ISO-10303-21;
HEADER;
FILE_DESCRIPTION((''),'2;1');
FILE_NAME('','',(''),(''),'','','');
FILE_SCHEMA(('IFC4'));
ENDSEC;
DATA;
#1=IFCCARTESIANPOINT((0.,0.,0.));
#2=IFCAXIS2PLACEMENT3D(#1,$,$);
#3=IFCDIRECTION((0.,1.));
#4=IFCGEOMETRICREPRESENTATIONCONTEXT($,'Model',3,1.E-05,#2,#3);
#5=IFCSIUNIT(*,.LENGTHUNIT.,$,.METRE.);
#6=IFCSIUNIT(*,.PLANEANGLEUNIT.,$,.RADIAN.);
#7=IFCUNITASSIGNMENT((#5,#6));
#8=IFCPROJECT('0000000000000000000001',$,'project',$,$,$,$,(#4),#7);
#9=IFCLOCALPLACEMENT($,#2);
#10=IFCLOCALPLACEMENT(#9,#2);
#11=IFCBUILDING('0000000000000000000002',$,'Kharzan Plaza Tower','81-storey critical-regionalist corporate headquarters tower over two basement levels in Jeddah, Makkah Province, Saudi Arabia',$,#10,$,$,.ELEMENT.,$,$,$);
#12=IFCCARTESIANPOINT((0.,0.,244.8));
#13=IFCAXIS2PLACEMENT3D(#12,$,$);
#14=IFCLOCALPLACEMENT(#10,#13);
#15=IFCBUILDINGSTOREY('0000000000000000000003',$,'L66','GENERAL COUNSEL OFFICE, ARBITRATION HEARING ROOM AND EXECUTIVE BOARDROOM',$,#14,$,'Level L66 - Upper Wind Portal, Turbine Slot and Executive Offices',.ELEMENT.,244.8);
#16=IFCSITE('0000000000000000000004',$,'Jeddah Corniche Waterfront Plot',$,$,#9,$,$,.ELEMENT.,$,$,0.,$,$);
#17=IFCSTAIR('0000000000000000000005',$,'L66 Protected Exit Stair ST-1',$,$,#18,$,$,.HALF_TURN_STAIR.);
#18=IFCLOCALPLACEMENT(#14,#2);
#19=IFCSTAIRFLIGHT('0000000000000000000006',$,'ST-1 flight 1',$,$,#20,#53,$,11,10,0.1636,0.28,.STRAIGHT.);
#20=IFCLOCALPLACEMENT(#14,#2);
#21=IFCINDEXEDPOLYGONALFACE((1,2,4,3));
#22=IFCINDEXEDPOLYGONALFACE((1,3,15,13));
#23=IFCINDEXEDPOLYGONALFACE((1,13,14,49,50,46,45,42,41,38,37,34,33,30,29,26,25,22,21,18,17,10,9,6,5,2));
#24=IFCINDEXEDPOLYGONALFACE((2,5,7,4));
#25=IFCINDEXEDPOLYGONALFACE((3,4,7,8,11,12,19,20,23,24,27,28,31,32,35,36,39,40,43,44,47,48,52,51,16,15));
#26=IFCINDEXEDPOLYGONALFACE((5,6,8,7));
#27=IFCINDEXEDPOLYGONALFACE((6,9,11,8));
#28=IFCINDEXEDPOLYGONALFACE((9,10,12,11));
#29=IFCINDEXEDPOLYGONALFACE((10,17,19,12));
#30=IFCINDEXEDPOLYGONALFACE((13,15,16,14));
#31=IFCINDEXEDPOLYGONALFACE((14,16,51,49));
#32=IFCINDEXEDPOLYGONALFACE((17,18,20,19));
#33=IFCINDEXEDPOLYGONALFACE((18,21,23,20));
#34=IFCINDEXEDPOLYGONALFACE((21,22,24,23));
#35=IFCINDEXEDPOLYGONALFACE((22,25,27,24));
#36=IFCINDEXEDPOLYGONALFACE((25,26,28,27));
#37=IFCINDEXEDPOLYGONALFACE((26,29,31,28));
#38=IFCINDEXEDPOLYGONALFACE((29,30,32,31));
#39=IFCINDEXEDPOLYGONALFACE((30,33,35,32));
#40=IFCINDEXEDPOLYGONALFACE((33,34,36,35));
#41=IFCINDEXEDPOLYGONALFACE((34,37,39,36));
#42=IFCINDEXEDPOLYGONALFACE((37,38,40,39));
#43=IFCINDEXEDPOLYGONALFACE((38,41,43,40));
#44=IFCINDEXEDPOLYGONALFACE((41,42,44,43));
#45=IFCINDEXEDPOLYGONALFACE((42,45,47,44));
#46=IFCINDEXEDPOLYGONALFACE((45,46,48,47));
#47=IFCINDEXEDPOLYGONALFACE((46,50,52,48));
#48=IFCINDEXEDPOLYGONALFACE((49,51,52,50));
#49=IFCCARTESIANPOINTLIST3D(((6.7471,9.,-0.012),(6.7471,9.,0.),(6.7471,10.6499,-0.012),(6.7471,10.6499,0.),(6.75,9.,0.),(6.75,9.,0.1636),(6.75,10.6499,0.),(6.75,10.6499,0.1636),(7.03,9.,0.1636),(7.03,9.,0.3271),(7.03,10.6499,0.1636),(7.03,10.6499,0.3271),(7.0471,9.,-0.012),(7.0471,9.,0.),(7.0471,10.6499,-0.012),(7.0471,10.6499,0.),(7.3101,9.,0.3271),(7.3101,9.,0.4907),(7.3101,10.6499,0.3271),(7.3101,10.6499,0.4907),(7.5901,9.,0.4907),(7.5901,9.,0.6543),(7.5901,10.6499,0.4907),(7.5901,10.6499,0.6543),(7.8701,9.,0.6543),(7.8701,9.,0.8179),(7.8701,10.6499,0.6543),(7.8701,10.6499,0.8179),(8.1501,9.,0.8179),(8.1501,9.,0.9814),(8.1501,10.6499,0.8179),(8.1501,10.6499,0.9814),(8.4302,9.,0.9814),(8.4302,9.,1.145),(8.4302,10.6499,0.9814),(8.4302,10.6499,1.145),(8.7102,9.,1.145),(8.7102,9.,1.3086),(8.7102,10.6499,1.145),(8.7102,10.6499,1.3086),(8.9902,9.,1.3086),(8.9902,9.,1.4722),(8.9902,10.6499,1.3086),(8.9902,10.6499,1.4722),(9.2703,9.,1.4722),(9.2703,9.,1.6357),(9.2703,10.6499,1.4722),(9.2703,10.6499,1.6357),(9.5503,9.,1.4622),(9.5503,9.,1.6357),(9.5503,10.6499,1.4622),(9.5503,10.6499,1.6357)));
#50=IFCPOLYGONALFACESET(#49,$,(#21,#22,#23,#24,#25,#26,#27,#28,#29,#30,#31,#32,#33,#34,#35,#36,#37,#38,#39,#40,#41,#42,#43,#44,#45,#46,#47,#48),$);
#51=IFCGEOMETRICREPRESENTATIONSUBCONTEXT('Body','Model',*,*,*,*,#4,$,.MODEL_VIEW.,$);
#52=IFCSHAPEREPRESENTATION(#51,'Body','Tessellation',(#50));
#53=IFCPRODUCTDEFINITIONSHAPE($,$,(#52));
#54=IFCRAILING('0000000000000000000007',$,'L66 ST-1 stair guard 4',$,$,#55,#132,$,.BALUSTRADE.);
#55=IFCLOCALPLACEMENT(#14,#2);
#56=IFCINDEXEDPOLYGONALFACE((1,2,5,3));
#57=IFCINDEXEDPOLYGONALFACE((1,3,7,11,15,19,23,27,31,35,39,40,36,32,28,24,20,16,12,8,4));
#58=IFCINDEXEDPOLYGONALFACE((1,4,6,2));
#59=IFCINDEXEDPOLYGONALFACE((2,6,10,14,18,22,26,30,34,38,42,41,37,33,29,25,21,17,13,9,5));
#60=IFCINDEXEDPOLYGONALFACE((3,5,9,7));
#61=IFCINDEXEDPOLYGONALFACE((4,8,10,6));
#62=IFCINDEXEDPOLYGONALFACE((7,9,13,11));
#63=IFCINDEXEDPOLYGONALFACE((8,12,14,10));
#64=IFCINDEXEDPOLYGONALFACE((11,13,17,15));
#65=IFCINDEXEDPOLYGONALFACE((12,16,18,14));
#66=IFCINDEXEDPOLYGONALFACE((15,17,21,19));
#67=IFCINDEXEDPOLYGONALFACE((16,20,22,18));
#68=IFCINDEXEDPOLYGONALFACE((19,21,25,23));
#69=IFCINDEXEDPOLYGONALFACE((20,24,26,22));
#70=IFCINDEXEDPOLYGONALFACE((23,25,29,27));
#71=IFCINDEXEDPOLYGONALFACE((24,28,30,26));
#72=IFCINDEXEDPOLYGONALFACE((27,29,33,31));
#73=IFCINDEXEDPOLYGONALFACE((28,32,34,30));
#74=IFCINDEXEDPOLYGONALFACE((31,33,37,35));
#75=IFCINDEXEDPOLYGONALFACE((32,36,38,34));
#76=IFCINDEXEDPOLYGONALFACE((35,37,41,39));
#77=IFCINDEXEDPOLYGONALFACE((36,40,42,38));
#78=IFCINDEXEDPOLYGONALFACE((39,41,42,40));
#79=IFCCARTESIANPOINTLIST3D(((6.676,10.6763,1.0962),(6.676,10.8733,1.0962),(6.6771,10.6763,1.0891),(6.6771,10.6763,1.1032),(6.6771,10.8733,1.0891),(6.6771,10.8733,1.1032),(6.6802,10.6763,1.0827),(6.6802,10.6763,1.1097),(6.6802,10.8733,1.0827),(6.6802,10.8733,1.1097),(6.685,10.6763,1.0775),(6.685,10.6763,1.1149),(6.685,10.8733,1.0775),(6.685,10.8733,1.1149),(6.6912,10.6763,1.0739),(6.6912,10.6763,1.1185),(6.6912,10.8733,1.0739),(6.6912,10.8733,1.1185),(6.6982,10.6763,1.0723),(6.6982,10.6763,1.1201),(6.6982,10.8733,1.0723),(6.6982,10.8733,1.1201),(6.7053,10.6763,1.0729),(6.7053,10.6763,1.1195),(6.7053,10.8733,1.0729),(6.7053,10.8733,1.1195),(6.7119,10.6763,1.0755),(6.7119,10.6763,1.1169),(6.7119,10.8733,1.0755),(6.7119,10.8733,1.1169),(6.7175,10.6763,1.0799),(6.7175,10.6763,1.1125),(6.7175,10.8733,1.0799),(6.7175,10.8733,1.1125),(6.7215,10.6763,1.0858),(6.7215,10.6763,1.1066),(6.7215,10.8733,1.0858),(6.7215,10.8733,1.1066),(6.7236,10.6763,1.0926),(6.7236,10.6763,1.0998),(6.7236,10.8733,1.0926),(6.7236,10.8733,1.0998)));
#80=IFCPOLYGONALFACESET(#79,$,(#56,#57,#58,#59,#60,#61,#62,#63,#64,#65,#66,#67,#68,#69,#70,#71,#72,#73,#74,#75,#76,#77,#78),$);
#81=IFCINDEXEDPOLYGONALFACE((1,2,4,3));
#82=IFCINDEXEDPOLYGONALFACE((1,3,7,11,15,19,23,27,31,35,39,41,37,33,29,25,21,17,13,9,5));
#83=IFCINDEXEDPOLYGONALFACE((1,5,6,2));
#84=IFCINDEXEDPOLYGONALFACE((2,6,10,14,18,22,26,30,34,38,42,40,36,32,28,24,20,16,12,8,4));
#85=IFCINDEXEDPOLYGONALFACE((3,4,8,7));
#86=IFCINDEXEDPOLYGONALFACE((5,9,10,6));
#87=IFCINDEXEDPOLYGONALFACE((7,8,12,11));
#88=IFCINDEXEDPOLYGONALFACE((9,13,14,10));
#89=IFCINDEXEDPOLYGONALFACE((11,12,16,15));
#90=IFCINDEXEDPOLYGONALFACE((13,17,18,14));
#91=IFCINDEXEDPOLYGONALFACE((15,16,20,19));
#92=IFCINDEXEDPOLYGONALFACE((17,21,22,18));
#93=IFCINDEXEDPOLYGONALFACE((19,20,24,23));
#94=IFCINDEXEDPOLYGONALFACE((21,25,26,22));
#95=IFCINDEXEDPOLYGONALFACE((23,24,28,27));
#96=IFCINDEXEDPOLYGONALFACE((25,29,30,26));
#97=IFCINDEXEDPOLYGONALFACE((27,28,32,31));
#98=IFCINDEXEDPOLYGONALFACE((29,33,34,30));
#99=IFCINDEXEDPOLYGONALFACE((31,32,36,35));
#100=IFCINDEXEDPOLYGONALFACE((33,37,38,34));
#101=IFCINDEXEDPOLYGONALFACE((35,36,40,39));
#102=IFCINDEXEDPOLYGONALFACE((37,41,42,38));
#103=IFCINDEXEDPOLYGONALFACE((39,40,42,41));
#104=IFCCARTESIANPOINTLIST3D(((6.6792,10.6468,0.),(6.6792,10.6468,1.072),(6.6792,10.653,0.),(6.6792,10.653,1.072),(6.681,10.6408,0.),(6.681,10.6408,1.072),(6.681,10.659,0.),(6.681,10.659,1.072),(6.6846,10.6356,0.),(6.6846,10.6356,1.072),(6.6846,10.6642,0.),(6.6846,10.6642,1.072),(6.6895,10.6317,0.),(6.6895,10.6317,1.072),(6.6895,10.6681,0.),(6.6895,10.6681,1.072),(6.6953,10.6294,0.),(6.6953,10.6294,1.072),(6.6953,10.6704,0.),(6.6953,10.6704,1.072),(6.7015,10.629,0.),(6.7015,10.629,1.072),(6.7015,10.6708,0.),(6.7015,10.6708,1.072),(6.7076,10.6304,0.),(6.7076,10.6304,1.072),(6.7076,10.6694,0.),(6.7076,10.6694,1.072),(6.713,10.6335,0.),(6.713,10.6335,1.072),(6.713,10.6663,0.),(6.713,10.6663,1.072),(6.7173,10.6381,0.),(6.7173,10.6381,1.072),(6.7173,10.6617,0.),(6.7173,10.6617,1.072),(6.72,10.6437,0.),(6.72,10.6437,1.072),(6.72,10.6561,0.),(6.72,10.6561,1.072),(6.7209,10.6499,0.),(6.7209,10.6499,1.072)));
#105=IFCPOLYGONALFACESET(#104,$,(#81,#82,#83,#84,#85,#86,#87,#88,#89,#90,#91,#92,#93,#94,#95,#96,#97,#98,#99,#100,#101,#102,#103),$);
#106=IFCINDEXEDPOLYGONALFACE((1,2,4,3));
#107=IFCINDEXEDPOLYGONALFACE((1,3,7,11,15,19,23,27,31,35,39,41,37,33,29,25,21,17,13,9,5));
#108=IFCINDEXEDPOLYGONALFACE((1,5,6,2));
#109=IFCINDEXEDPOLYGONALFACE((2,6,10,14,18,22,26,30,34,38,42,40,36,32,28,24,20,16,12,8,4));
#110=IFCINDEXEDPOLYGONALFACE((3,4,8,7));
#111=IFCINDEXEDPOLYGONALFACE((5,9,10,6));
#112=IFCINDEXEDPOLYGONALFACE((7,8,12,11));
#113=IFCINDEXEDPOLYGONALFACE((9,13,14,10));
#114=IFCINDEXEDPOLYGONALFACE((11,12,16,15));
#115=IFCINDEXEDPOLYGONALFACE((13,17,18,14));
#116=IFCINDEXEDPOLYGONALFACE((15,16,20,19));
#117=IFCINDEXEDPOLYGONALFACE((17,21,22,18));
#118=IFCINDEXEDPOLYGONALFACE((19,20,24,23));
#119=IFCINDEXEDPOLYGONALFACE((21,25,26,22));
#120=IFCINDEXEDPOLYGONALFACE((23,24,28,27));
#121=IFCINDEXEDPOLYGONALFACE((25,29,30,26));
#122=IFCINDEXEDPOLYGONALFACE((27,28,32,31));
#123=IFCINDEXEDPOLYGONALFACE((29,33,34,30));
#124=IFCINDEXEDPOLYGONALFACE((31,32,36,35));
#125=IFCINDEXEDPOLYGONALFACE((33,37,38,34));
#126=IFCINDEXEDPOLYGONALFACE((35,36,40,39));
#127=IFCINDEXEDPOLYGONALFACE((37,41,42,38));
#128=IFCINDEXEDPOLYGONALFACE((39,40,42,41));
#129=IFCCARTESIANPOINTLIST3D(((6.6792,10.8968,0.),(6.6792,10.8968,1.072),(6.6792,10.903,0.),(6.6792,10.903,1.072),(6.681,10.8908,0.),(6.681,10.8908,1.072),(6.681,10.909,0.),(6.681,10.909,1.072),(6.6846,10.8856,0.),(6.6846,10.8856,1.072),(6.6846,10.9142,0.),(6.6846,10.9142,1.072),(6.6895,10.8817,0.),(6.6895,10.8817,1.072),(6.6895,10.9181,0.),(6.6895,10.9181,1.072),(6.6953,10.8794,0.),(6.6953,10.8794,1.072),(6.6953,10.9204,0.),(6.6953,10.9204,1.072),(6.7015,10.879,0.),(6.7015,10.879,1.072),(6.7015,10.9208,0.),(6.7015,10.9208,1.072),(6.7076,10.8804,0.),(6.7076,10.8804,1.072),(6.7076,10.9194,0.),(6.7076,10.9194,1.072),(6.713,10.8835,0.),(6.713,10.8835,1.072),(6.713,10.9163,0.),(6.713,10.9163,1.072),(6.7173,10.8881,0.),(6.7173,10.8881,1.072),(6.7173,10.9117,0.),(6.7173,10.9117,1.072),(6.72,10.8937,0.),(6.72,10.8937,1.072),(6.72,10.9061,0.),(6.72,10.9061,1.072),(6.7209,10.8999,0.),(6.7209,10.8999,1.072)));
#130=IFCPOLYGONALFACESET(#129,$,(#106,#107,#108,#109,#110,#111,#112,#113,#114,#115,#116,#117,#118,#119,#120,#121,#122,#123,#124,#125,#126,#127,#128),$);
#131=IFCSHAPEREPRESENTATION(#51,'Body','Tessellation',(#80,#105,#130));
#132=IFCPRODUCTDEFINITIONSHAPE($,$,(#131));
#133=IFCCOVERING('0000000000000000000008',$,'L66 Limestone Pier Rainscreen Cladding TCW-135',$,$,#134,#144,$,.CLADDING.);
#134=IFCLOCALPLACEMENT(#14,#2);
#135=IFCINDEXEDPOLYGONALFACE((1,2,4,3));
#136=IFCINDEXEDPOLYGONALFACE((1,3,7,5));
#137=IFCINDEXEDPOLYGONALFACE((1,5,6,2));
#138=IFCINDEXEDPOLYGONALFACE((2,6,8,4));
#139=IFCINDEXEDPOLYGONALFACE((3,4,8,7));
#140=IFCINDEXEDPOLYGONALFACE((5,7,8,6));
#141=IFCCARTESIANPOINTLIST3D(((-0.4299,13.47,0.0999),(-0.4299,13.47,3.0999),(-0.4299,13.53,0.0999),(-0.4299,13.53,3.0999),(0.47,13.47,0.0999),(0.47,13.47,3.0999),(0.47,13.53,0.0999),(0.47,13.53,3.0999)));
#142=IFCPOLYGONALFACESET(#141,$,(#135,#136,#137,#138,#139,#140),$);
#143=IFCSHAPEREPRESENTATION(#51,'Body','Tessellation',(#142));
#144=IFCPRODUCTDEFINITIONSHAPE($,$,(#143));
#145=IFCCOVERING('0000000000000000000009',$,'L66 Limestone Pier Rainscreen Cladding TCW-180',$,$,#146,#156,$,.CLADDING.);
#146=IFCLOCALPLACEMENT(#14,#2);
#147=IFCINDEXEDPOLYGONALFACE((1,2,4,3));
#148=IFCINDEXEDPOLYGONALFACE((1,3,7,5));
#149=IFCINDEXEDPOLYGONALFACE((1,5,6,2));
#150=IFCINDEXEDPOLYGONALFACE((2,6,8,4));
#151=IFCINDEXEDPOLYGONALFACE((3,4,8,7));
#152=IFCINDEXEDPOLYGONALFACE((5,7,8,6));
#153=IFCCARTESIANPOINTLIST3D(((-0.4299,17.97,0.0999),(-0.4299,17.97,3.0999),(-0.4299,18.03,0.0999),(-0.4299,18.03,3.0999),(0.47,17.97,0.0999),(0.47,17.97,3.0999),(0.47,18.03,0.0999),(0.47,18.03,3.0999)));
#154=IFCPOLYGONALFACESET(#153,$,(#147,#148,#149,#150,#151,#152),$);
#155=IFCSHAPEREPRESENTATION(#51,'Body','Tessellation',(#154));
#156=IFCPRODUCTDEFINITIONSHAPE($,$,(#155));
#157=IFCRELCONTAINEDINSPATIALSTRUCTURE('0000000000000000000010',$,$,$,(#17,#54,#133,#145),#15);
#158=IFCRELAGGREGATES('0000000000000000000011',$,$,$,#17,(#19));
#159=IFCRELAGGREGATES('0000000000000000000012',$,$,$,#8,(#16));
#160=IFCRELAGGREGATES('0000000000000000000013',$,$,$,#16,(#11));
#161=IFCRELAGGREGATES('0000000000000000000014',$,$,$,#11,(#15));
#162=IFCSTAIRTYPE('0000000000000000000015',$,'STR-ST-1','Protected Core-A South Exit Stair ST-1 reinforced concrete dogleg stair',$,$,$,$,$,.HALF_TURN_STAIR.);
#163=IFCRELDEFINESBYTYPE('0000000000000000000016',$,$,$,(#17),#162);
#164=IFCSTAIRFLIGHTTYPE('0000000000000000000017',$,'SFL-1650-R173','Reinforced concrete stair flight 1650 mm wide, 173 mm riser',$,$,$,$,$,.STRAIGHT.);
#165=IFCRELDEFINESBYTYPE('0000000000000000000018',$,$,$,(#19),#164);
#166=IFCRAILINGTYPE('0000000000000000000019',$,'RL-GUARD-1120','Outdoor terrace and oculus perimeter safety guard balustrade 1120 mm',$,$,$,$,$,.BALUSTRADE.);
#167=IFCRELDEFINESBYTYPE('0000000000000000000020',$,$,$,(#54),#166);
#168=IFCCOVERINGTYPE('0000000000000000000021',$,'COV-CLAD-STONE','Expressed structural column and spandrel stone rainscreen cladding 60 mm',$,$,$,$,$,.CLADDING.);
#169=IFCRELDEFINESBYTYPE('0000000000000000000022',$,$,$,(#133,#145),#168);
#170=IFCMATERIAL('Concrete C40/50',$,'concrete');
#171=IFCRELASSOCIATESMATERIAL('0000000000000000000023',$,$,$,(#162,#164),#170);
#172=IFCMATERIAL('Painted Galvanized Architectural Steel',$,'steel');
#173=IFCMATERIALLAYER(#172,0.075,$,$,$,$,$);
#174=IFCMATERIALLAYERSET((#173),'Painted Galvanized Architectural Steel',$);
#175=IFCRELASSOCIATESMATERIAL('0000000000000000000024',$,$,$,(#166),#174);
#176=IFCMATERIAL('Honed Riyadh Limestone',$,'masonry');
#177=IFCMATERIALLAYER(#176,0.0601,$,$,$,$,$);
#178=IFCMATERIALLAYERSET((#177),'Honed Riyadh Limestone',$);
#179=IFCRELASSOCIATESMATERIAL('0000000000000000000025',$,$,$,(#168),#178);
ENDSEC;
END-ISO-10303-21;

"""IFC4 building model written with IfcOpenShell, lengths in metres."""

from ifc_helpers import new_model, si_unit, direction, frame, origin, origin_2d, place, context, subcontext, project, spatial, polyline, rectangle, circle, outline, extrude, source, transform, mapped, material, layer, layer_set, type_object, element, aggregate, save


model = new_model("IFC4")

# Units and contexts
model_context = context("Model", 3, precision=1e-05, world=origin(), true_north=direction((0.0, 1.0)))
body_context = subcontext(model_context, "Body", "Model", "MODEL_VIEW")
ifc_project = project(units=[si_unit("LENGTHUNIT", "METRE"), si_unit("PLANEANGLEUNIT", "RADIAN")], contexts=[model_context])

# Site, building, storey
site_placement = place(None, origin())
site = spatial("IfcSite", under=ifc_project, at=site_placement, Name="Jeddah Corniche Waterfront Plot", CompositionType="ELEMENT", RefElevation=0.0)
building_placement = place(site_placement, origin())
building = spatial("IfcBuilding", under=site, at=building_placement, Name="Kharzan Plaza Tower", Description="81-storey critical-regionalist corporate headquarters tower over two basement levels in Jeddah, Makkah Province, Saudi Arabia", CompositionType="ELEMENT")
storey_placement = place(building_placement, frame((0.0, 0.0, 244.8)))
storey = spatial("IfcBuildingStorey", under=building, at=storey_placement, Name="L66", Description="GENERAL COUNSEL OFFICE, ARBITRATION HEARING ROOM AND EXECUTIVE BOARDROOM", LongName="Level L66 - Upper Wind Portal, Turbine Slot and Executive Offices", CompositionType="ELEMENT", Elevation=244.8)

# Shared definitions
ifc_material_1 = material(Name="Concrete C40/50", Category="concrete")

# Stair, stair flight
stair_type = type_object("IfcStairType", Name="STR-ST-1", Description="Protected Core-A South Exit Stair ST-1 reinforced concrete dogleg stair", PredefinedType="HALF_TURN_STAIR", material=ifc_material_1)
stair_placement = place(storey_placement, origin())
stair = element("IfcStair", 1, at=stair_placement, inside=storey, type_object=stair_type, Name="L66 Protected Exit Stair ST-1", PredefinedType="HALF_TURN_STAIR")
stair_flight_type = type_object("IfcStairFlightType", Name="SFL-1650-R173", Description="Reinforced concrete stair flight 1650 mm wide, 173 mm riser", PredefinedType="STRAIGHT", material=ifc_material_1)
shared_shape_1 = source(origin(), body_context, "Body", "SweptSolid", [
    extrude(outline(polyline([(-0.0029, -0.012), (-0.0029, 0.0), (0.0, 0.0), (0.0, 0.1636), (0.28, 0.1636), (0.28, 0.3271), (0.5601, 0.3271), (0.5601, 0.4907), (0.8401, 0.4907), (0.8401, 0.6543), (1.1201, 0.6543), (1.1201, 0.8179), (1.4001, 0.8179), (1.4001, 0.9814), (1.6802, 0.9814), (1.6802, 1.145), (1.9602, 1.145), (1.9602, 1.3086), (2.2402, 1.3086), (2.2402, 1.4722), (2.5203, 1.4722), (2.5203, 1.6357), (2.8003, 1.6357), (2.8003, 1.7993), (2.8003, 1.4622), (0.2971, 0.0), (0.2971, -0.012), (-0.0029, -0.012)])), frame((0.0, 0.825, 0.0), z_axis=(0.0, -1.0, 0.0), x_axis=(1.0, 0.0, 0.0)), (0.0, 0.0, 1.0), 1.6499),
])
stair_flight_placement = place(storey_placement, frame((6.75, 9.825, 0.0), z_axis=(0.0, 0.0, 1.0), x_axis=(1.0, 0.0, 0.0)))
stair_flight = element("IfcStairFlight", 2, at=stair_flight_placement, type_object=stair_flight_type, Name="ST-1 flight 1", NumberOfRisers=11, NumberOfTreads=10, PredefinedType="STRAIGHT", RiserHeight=0.1636, TreadLength=0.28, context=body_context, shape_type="MappedRepresentation", body=[
    mapped(shared_shape_1, transform((0.0, 0.0, 0.0), x_axis=(1.0, 0.0, 0.0), y_axis=(0.0, 1.0, 0.0), z_axis=(0.0, 0.0, 1.0))),
])
aggregate(stair, [stair_flight])

# Railing
ifc_material_2 = material(Name="Painted Galvanized Architectural Steel", Category="steel")
ifc_layer_1 = layer(ifc_material_2, 0.075)
ifc_layer_set_1 = layer_set([ifc_layer_1], Name="Painted Galvanized Architectural Steel")
railing_type_1 = type_object("IfcRailingType", Name="RL-GUARD-1120", Description="Outdoor terrace and oculus perimeter safety guard balustrade 1120 mm", PredefinedType="BALUSTRADE", material=ifc_layer_set_1)
shared_shape_2 = source(origin(), body_context, "Body", "SweptSolid", [
    extrude(circle(Radius=0.0239, at=origin_2d()), frame((0.0, 0.0264, 1.0962), z_axis=(0.0, 1.0, 0.0), x_axis=(-1.0, 0.0, 0.0)), (0.0, 0.0, 1.0), 0.197),
    extrude(circle(Radius=0.021, at=origin_2d()), origin(), (0.0, 0.0, 1.0), 1.072),
    extrude(circle(Radius=0.021, at=origin_2d()), frame((0.0, 0.25, 0.0)), (0.0, 0.0, 1.0), 1.072),
])
railing_1_placement = place(storey_placement, frame((6.7, 10.6499, 0.0)))
element("IfcRailing", 3, at=railing_1_placement, inside=storey, type_object=railing_type_1, Name="L66 ST-1 stair guard 4", PredefinedType="BALUSTRADE", context=body_context, shape_type="MappedRepresentation", body=[
    mapped(shared_shape_2, transform((0.0, 0.0, 0.0), x_axis=(1.0, 0.0, 0.0), y_axis=(0.0, 1.0, 0.0), z_axis=(0.0, 0.0, 1.0))),
])

# Coverings
ifc_material_3 = material(Name="Honed Riyadh Limestone", Category="masonry")
ifc_layer_2 = layer(ifc_material_3, 0.0601)
ifc_layer_set_2 = layer_set([ifc_layer_2], Name="Honed Riyadh Limestone")
covering_type = type_object("IfcCoveringType", Name="COV-CLAD-STONE", Description="Expressed structural column and spandrel stone rainscreen cladding 60 mm", PredefinedType="CLADDING", material=ifc_layer_set_2)
shared_shape_3 = source(origin(), body_context, "Body", "SweptSolid", [
    extrude(rectangle(XDim=0.0601, YDim=0.8999, at=origin_2d()), origin(), (0.0, 0.0, 1.0), 3.0),
])
for number, where, z_axis, x_axis, name in (
    (4, (0.02, 13.5, 0.0999), (0.0, 0.0, 1.0), (0.0, 1.0, 0.0), "L66 Limestone Pier Rainscreen Cladding TCW-135"),
    (5, (0.02, 18.0, 0.0999), (0.0, 0.0, 1.0), (0.0, 1.0, 0.0), "L66 Limestone Pier Rainscreen Cladding TCW-180"),
):
    element("IfcCovering", number, at=place(storey_placement, frame(where, z_axis=z_axis, x_axis=x_axis)), inside=storey, type_object=covering_type, Name=name, PredefinedType="CLADDING", context=body_context, shape_type="MappedRepresentation", body=[
        mapped(shared_shape_3, transform((0.0, 0.0, 0.0), x_axis=(1.0, 0.0, 0.0), y_axis=(0.0, 1.0, 0.0), z_axis=(0.0, 0.0, 1.0))),
    ])

save(model, "model.ifc")
